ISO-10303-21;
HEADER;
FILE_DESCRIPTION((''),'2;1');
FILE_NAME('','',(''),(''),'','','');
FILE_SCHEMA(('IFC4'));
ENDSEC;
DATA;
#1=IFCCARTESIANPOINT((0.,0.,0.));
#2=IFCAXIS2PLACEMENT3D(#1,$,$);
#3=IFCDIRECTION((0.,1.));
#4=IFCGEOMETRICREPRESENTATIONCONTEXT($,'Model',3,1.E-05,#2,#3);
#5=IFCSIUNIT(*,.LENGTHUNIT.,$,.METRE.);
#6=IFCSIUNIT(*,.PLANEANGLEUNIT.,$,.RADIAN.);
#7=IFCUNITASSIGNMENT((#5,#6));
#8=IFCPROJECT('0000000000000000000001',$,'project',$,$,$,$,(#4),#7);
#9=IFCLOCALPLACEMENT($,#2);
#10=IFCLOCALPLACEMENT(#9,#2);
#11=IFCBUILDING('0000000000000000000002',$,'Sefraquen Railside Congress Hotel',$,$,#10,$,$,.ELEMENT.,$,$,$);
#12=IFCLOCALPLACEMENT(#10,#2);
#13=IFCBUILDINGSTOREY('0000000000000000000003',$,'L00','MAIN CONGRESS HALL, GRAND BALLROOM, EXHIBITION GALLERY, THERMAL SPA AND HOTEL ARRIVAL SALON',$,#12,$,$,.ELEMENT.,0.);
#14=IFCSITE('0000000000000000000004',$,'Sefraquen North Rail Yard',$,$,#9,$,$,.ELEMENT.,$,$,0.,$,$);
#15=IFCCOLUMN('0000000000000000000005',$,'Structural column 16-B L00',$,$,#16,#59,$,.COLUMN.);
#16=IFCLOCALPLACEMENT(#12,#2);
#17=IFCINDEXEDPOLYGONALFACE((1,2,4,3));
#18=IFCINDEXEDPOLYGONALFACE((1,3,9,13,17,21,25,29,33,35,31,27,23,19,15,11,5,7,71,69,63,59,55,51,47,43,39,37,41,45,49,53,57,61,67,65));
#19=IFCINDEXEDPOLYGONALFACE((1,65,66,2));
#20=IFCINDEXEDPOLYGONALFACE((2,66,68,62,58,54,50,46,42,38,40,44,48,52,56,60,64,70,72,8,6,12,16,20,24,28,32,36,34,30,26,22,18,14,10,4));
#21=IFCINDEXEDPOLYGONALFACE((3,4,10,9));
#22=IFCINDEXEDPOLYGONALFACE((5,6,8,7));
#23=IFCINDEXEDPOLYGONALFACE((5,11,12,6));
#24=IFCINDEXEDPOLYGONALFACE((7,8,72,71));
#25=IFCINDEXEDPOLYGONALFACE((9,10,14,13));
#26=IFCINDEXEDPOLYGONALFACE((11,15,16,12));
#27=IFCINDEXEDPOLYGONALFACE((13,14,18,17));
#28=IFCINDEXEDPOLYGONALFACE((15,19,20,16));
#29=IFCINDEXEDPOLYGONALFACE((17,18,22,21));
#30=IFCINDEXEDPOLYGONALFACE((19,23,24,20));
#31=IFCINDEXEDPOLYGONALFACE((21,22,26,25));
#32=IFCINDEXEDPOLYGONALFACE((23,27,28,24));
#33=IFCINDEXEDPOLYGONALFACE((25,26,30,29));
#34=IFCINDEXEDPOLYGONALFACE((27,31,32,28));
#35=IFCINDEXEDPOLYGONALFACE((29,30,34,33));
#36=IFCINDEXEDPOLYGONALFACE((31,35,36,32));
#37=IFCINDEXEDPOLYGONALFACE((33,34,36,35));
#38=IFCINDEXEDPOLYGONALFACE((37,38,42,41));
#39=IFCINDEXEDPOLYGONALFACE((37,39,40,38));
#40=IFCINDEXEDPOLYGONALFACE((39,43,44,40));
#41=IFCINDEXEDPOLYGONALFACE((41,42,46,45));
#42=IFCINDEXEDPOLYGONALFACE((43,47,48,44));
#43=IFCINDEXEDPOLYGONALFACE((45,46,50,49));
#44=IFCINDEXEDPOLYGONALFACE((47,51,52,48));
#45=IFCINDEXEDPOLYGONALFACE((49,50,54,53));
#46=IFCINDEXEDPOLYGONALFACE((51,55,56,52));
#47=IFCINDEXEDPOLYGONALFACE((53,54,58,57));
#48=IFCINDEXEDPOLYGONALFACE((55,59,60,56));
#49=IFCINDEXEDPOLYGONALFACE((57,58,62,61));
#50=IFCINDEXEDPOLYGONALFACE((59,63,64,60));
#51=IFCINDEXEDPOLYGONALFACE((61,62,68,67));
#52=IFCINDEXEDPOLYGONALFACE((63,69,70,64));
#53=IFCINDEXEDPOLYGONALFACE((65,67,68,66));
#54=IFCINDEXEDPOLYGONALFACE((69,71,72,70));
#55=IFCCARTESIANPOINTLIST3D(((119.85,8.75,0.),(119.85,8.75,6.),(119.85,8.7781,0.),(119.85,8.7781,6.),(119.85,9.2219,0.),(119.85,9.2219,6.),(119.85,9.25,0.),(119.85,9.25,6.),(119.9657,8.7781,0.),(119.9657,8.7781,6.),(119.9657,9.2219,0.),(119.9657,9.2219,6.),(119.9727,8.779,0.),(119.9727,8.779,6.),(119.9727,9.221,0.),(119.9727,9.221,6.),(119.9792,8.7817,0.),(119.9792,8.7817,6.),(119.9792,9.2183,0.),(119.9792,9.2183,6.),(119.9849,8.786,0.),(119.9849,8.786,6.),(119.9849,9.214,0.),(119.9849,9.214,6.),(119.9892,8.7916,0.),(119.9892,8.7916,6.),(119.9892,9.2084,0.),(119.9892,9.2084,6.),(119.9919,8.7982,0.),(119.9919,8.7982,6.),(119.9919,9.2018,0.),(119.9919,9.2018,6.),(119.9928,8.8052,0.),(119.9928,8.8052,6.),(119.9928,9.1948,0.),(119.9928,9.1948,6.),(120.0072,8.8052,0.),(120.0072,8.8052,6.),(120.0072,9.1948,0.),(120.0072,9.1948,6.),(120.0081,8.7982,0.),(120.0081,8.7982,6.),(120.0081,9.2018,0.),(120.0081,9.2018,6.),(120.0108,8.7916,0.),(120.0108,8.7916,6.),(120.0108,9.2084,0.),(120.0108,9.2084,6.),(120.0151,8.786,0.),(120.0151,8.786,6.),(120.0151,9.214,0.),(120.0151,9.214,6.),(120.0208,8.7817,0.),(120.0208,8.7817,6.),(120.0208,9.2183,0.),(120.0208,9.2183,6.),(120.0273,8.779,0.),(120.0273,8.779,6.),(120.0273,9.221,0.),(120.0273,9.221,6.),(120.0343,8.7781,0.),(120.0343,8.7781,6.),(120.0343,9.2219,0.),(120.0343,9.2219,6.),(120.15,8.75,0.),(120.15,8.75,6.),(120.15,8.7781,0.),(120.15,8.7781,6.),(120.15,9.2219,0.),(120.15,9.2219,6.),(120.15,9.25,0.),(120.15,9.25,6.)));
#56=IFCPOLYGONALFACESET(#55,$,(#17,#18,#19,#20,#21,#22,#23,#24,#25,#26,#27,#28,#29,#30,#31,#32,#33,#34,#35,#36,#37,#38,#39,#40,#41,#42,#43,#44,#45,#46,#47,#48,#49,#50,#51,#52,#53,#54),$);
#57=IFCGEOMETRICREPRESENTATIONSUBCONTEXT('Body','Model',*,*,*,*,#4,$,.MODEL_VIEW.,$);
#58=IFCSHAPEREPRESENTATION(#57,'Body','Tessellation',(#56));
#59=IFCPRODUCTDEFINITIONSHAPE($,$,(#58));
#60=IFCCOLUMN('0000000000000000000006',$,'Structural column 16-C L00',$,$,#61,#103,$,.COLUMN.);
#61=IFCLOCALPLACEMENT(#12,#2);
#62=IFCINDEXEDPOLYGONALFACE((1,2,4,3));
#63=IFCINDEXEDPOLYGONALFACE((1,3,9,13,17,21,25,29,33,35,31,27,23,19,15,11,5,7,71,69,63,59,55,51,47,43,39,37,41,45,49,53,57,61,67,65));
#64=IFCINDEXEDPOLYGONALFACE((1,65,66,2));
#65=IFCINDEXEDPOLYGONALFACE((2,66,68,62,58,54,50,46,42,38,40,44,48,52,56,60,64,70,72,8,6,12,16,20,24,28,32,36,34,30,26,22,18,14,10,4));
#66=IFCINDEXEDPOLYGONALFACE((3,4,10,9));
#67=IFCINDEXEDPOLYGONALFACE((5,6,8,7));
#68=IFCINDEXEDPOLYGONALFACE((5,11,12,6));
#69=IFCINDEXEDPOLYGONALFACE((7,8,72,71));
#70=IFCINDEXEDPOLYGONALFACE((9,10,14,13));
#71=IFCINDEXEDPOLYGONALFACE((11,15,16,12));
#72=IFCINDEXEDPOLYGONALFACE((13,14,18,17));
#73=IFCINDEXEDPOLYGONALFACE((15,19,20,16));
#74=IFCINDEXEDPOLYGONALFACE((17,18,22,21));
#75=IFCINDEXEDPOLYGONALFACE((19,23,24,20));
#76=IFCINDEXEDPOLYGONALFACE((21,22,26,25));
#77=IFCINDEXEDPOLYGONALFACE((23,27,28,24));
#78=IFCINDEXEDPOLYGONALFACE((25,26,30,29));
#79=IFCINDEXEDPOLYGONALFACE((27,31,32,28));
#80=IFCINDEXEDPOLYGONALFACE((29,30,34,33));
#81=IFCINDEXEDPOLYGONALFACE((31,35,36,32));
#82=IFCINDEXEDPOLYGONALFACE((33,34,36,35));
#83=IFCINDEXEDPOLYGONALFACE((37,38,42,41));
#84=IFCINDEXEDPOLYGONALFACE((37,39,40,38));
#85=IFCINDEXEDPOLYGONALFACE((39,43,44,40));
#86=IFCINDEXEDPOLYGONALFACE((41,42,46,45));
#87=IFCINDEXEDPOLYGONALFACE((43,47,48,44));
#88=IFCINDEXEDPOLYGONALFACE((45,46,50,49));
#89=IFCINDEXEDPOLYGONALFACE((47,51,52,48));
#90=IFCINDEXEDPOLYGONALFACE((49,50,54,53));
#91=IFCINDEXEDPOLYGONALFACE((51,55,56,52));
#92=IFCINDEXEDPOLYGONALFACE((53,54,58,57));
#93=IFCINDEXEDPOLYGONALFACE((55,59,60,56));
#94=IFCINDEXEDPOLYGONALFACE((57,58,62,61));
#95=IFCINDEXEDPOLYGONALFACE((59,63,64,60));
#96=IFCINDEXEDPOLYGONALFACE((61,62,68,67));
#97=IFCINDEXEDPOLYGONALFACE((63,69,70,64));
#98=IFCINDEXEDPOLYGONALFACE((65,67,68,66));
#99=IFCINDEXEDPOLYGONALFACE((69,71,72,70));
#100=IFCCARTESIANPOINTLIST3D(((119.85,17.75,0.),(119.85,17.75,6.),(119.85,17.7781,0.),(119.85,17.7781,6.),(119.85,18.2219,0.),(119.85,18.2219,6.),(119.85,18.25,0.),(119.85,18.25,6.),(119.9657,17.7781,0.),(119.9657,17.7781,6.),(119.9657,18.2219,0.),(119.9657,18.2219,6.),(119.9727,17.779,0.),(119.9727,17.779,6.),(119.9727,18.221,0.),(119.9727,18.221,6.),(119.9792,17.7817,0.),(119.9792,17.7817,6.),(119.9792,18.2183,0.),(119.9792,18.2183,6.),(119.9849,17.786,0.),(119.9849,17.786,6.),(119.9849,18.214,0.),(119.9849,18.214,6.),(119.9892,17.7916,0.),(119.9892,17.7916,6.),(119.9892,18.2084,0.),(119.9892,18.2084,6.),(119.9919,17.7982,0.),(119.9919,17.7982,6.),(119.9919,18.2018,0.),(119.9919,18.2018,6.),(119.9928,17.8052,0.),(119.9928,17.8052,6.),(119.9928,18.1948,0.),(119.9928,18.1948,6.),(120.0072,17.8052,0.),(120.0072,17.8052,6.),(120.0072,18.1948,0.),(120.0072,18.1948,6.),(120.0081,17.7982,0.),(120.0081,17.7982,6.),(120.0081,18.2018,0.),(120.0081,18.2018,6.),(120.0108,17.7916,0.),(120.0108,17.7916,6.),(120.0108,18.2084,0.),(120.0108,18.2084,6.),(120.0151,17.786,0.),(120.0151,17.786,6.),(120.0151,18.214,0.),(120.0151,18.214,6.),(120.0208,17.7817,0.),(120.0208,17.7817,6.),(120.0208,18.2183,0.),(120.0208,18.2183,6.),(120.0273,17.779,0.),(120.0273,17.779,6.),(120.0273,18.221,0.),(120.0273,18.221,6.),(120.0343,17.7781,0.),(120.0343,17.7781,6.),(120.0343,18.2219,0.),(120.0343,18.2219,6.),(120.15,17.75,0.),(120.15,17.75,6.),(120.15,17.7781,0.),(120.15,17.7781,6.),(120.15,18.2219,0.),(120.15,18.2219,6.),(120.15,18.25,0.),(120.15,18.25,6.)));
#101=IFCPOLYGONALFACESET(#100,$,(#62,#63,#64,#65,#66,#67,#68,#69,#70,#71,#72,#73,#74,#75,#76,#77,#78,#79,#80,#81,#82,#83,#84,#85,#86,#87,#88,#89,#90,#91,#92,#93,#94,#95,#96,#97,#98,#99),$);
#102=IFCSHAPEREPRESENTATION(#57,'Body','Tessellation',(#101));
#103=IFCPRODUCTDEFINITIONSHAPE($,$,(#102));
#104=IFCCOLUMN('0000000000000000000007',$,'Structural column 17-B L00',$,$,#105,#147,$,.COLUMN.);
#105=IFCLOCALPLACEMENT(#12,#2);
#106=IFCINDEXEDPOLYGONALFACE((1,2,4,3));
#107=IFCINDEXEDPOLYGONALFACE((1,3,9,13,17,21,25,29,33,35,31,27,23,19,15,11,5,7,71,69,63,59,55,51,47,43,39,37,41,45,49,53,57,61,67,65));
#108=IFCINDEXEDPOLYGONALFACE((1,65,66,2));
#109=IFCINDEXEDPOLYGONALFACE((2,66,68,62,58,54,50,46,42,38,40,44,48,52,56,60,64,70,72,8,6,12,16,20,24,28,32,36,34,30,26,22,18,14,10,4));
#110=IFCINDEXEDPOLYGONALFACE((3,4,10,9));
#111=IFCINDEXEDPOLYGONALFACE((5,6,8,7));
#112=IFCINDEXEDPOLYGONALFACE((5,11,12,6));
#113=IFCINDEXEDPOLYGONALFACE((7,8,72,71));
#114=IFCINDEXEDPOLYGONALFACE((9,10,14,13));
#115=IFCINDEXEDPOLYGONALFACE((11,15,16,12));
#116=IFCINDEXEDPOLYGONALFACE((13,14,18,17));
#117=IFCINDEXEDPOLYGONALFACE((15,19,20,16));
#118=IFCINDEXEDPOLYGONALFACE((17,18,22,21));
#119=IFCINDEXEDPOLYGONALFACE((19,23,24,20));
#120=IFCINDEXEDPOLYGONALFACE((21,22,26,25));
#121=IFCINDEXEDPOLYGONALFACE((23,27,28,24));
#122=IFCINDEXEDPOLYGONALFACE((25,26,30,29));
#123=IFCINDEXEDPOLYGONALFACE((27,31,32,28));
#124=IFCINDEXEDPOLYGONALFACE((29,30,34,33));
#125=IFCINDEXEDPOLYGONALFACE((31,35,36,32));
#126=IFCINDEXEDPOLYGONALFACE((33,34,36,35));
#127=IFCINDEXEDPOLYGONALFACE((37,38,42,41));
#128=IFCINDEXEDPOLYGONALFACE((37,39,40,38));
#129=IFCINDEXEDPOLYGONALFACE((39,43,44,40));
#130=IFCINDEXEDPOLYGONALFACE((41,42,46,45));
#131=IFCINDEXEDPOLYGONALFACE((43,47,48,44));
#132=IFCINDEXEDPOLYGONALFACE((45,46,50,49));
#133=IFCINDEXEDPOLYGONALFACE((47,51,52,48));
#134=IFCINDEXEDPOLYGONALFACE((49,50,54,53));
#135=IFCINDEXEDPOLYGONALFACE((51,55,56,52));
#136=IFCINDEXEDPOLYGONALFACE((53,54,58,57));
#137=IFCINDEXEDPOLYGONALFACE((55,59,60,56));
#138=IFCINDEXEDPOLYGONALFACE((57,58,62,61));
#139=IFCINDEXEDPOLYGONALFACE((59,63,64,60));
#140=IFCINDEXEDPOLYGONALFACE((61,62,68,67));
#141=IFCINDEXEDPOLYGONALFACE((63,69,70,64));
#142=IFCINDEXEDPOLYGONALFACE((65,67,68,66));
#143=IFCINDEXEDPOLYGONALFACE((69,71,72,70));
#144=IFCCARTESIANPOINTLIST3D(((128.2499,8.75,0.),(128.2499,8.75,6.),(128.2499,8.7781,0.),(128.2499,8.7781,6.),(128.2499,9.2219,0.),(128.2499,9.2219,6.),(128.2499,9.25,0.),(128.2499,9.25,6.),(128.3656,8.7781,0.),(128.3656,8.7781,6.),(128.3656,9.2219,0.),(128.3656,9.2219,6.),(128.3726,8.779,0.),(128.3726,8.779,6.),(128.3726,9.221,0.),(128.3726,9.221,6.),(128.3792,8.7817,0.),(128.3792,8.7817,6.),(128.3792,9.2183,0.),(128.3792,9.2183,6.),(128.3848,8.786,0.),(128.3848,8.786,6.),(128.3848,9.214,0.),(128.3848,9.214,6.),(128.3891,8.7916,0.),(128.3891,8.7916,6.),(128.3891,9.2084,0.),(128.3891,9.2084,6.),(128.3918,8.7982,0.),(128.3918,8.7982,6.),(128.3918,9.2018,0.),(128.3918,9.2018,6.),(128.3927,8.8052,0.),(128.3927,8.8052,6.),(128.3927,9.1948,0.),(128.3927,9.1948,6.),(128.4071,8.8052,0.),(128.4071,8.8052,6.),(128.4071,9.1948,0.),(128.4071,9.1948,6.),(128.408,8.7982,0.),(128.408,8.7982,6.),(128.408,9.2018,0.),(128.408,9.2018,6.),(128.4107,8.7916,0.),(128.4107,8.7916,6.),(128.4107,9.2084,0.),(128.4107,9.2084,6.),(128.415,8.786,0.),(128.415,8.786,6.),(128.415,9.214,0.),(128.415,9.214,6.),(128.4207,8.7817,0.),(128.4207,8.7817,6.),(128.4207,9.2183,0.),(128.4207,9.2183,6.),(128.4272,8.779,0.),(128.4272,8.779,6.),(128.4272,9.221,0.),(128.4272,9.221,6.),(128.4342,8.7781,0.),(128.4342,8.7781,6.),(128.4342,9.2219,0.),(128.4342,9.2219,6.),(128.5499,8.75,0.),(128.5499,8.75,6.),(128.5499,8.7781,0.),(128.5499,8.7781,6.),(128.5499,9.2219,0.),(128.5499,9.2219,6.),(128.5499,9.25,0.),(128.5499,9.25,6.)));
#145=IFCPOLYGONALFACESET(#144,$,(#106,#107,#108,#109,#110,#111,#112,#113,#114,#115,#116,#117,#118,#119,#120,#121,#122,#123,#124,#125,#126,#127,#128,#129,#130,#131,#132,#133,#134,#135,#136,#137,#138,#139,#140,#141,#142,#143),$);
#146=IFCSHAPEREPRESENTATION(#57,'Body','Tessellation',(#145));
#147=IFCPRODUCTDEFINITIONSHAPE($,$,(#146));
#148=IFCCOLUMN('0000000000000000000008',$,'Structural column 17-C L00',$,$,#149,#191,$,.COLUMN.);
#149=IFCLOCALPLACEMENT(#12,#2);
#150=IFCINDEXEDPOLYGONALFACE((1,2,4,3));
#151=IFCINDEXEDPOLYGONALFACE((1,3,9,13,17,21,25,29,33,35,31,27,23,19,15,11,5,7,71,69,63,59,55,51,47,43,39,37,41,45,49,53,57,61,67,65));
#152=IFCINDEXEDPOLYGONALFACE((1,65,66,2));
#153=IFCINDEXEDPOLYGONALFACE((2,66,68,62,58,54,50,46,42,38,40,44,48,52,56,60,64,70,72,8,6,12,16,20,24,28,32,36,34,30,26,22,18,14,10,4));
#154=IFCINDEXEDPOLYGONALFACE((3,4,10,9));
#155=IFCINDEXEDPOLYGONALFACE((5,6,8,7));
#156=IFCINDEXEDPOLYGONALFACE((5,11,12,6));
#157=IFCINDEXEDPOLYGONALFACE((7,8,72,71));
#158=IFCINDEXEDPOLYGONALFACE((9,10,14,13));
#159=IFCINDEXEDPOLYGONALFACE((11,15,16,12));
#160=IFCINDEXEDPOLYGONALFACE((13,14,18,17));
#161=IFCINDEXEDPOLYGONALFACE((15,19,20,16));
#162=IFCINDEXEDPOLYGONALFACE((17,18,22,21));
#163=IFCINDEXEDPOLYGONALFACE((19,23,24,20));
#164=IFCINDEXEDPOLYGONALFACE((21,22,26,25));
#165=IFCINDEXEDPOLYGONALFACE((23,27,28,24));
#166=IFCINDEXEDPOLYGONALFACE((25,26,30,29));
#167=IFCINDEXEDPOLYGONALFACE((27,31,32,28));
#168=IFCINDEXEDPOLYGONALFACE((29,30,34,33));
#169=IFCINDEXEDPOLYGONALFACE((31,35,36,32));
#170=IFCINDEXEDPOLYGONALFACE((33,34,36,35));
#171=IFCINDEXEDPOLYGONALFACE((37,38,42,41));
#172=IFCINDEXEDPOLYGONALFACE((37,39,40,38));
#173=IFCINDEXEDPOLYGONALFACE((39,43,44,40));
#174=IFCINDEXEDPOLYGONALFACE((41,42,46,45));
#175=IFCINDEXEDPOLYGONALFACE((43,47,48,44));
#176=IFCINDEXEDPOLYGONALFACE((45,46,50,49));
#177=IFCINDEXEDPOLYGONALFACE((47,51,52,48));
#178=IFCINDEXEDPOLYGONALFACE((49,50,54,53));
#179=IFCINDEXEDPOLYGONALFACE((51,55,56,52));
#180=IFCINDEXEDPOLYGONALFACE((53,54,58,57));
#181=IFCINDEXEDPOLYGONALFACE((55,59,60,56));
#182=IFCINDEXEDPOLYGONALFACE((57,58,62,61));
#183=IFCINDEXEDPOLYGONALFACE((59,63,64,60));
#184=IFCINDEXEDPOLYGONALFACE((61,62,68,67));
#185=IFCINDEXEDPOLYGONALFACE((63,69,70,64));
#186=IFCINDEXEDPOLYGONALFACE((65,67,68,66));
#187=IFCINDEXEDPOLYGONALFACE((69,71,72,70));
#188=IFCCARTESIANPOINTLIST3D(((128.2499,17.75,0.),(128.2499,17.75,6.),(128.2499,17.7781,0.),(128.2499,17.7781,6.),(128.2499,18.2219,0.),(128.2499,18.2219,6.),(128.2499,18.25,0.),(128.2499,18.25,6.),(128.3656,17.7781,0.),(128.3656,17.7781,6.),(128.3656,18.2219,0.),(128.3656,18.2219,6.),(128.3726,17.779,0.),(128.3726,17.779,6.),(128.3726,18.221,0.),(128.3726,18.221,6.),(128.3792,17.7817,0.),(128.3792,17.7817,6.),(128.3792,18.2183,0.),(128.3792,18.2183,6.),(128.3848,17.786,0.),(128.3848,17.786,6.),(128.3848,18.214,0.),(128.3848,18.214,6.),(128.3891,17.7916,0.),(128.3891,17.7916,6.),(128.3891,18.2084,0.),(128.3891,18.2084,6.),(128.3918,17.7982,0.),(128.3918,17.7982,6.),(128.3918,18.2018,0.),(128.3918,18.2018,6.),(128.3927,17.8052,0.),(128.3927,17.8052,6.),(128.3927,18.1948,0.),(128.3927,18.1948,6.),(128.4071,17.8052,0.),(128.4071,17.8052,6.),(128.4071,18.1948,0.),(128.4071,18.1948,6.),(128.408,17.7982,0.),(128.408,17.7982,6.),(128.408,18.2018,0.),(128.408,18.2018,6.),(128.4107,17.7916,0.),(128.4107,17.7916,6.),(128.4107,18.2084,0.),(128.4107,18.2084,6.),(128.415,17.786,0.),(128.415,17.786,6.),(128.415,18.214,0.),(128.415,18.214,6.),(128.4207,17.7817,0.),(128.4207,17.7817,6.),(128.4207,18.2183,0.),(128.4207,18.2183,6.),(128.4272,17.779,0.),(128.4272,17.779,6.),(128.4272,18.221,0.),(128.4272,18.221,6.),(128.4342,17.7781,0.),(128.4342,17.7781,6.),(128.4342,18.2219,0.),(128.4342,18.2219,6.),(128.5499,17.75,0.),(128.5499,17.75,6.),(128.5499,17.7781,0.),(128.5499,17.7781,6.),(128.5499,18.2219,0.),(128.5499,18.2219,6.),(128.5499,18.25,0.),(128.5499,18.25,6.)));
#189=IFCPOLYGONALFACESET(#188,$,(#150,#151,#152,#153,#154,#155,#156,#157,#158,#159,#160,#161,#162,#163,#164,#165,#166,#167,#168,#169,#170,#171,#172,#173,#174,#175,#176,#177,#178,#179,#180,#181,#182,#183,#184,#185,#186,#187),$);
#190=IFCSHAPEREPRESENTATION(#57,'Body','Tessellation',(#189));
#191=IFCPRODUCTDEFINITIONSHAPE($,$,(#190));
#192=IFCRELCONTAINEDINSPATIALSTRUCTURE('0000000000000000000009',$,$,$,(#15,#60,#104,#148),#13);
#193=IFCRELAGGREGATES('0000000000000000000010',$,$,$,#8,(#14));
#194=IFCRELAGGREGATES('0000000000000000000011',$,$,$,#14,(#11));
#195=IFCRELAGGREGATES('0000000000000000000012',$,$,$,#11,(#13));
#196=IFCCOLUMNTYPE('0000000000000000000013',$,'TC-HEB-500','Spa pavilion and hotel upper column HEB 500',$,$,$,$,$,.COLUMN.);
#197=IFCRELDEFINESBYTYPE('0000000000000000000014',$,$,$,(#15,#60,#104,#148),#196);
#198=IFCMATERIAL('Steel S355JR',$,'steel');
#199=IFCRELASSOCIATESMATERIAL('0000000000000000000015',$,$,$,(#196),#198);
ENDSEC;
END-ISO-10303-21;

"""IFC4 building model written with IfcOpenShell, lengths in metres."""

from ifc_helpers import new_model, si_unit, direction, frame, origin, origin_2d, place, context, subcontext, project, spatial, i_section, extrude, material, material_profile, profile_set, type_object, element, save


model = new_model("IFC4")

# Units and contexts
model_context = context("Model", 3, precision=1e-05, world=origin(), true_north=direction((0.0, 1.0)))
body_context = subcontext(model_context, "Body", "Model", "MODEL_VIEW")
ifc_project = project(units=[si_unit("LENGTHUNIT", "METRE"), si_unit("PLANEANGLEUNIT", "RADIAN")], contexts=[model_context])

# Site, building, storey
site_placement = place(None, origin())
site = spatial("IfcSite", under=ifc_project, at=site_placement, Name="Sefraquen North Rail Yard", CompositionType="ELEMENT", RefElevation=0.0)
building_placement = place(site_placement, origin())
building = spatial("IfcBuilding", under=site, at=building_placement, Name="Sefraquen Railside Congress Hotel", CompositionType="ELEMENT")
storey_placement = place(building_placement, origin())
storey = spatial("IfcBuildingStorey", under=building, at=storey_placement, Name="L00", Description="MAIN CONGRESS HALL, GRAND BALLROOM, EXHIBITION GALLERY, THERMAL SPA AND HOTEL ARRIVAL SALON", CompositionType="ELEMENT", Elevation=0.0)

# Columns
ifc_material_1 = material(Name="Steel S355JR", Category="steel")
ifc_material_profile_1 = material_profile(ifc_material_1, i_section(OverallWidth=0.3, OverallDepth=0.5, WebThickness=0.0144, FlangeThickness=0.0281, FilletRadius=0.0271, at=origin_2d()), Name="HEB 500")
ifc_profile_set_1 = profile_set([ifc_material_profile_1], Name="Steel S355JR")
column_type = type_object("IfcColumnType", Name="TC-HEB-500", Description="Spa pavilion and hotel upper column HEB 500", PredefinedType="COLUMN", material=ifc_profile_set_1)
for number, where, z_axis, x_axis, name in (
    (1, (120.0, 9.0, 0.0), (0.0, 0.0, 1.0), (1.0, 0.0, 0.0), "Structural column 16-B L00"),
    (2, (120.0, 18.0, 0.0), (0.0, 0.0, 1.0), (1.0, 0.0, 0.0), "Structural column 16-C L00"),
    (3, (128.3999, 9.0, 0.0), (0.0, 0.0, 1.0), (1.0, 0.0, 0.0), "Structural column 17-B L00"),
    (4, (128.3999, 18.0, 0.0), (0.0, 0.0, 1.0), (1.0, 0.0, 0.0), "Structural column 17-C L00"),
):
    element("IfcColumn", number, at=place(storey_placement, frame(where, z_axis=z_axis, x_axis=x_axis)), inside=storey, type_object=column_type, Name=name, PredefinedType="COLUMN", context=body_context, shape_type="SweptSolid", body=[
        extrude(i_section(OverallWidth=0.3, OverallDepth=0.5, WebThickness=0.0144, FlangeThickness=0.0281, FilletRadius=0.0271, at=origin_2d()), origin(), (0.0, 0.0, 1.0), 6.0),
    ])

save(model, "model.ifc")
